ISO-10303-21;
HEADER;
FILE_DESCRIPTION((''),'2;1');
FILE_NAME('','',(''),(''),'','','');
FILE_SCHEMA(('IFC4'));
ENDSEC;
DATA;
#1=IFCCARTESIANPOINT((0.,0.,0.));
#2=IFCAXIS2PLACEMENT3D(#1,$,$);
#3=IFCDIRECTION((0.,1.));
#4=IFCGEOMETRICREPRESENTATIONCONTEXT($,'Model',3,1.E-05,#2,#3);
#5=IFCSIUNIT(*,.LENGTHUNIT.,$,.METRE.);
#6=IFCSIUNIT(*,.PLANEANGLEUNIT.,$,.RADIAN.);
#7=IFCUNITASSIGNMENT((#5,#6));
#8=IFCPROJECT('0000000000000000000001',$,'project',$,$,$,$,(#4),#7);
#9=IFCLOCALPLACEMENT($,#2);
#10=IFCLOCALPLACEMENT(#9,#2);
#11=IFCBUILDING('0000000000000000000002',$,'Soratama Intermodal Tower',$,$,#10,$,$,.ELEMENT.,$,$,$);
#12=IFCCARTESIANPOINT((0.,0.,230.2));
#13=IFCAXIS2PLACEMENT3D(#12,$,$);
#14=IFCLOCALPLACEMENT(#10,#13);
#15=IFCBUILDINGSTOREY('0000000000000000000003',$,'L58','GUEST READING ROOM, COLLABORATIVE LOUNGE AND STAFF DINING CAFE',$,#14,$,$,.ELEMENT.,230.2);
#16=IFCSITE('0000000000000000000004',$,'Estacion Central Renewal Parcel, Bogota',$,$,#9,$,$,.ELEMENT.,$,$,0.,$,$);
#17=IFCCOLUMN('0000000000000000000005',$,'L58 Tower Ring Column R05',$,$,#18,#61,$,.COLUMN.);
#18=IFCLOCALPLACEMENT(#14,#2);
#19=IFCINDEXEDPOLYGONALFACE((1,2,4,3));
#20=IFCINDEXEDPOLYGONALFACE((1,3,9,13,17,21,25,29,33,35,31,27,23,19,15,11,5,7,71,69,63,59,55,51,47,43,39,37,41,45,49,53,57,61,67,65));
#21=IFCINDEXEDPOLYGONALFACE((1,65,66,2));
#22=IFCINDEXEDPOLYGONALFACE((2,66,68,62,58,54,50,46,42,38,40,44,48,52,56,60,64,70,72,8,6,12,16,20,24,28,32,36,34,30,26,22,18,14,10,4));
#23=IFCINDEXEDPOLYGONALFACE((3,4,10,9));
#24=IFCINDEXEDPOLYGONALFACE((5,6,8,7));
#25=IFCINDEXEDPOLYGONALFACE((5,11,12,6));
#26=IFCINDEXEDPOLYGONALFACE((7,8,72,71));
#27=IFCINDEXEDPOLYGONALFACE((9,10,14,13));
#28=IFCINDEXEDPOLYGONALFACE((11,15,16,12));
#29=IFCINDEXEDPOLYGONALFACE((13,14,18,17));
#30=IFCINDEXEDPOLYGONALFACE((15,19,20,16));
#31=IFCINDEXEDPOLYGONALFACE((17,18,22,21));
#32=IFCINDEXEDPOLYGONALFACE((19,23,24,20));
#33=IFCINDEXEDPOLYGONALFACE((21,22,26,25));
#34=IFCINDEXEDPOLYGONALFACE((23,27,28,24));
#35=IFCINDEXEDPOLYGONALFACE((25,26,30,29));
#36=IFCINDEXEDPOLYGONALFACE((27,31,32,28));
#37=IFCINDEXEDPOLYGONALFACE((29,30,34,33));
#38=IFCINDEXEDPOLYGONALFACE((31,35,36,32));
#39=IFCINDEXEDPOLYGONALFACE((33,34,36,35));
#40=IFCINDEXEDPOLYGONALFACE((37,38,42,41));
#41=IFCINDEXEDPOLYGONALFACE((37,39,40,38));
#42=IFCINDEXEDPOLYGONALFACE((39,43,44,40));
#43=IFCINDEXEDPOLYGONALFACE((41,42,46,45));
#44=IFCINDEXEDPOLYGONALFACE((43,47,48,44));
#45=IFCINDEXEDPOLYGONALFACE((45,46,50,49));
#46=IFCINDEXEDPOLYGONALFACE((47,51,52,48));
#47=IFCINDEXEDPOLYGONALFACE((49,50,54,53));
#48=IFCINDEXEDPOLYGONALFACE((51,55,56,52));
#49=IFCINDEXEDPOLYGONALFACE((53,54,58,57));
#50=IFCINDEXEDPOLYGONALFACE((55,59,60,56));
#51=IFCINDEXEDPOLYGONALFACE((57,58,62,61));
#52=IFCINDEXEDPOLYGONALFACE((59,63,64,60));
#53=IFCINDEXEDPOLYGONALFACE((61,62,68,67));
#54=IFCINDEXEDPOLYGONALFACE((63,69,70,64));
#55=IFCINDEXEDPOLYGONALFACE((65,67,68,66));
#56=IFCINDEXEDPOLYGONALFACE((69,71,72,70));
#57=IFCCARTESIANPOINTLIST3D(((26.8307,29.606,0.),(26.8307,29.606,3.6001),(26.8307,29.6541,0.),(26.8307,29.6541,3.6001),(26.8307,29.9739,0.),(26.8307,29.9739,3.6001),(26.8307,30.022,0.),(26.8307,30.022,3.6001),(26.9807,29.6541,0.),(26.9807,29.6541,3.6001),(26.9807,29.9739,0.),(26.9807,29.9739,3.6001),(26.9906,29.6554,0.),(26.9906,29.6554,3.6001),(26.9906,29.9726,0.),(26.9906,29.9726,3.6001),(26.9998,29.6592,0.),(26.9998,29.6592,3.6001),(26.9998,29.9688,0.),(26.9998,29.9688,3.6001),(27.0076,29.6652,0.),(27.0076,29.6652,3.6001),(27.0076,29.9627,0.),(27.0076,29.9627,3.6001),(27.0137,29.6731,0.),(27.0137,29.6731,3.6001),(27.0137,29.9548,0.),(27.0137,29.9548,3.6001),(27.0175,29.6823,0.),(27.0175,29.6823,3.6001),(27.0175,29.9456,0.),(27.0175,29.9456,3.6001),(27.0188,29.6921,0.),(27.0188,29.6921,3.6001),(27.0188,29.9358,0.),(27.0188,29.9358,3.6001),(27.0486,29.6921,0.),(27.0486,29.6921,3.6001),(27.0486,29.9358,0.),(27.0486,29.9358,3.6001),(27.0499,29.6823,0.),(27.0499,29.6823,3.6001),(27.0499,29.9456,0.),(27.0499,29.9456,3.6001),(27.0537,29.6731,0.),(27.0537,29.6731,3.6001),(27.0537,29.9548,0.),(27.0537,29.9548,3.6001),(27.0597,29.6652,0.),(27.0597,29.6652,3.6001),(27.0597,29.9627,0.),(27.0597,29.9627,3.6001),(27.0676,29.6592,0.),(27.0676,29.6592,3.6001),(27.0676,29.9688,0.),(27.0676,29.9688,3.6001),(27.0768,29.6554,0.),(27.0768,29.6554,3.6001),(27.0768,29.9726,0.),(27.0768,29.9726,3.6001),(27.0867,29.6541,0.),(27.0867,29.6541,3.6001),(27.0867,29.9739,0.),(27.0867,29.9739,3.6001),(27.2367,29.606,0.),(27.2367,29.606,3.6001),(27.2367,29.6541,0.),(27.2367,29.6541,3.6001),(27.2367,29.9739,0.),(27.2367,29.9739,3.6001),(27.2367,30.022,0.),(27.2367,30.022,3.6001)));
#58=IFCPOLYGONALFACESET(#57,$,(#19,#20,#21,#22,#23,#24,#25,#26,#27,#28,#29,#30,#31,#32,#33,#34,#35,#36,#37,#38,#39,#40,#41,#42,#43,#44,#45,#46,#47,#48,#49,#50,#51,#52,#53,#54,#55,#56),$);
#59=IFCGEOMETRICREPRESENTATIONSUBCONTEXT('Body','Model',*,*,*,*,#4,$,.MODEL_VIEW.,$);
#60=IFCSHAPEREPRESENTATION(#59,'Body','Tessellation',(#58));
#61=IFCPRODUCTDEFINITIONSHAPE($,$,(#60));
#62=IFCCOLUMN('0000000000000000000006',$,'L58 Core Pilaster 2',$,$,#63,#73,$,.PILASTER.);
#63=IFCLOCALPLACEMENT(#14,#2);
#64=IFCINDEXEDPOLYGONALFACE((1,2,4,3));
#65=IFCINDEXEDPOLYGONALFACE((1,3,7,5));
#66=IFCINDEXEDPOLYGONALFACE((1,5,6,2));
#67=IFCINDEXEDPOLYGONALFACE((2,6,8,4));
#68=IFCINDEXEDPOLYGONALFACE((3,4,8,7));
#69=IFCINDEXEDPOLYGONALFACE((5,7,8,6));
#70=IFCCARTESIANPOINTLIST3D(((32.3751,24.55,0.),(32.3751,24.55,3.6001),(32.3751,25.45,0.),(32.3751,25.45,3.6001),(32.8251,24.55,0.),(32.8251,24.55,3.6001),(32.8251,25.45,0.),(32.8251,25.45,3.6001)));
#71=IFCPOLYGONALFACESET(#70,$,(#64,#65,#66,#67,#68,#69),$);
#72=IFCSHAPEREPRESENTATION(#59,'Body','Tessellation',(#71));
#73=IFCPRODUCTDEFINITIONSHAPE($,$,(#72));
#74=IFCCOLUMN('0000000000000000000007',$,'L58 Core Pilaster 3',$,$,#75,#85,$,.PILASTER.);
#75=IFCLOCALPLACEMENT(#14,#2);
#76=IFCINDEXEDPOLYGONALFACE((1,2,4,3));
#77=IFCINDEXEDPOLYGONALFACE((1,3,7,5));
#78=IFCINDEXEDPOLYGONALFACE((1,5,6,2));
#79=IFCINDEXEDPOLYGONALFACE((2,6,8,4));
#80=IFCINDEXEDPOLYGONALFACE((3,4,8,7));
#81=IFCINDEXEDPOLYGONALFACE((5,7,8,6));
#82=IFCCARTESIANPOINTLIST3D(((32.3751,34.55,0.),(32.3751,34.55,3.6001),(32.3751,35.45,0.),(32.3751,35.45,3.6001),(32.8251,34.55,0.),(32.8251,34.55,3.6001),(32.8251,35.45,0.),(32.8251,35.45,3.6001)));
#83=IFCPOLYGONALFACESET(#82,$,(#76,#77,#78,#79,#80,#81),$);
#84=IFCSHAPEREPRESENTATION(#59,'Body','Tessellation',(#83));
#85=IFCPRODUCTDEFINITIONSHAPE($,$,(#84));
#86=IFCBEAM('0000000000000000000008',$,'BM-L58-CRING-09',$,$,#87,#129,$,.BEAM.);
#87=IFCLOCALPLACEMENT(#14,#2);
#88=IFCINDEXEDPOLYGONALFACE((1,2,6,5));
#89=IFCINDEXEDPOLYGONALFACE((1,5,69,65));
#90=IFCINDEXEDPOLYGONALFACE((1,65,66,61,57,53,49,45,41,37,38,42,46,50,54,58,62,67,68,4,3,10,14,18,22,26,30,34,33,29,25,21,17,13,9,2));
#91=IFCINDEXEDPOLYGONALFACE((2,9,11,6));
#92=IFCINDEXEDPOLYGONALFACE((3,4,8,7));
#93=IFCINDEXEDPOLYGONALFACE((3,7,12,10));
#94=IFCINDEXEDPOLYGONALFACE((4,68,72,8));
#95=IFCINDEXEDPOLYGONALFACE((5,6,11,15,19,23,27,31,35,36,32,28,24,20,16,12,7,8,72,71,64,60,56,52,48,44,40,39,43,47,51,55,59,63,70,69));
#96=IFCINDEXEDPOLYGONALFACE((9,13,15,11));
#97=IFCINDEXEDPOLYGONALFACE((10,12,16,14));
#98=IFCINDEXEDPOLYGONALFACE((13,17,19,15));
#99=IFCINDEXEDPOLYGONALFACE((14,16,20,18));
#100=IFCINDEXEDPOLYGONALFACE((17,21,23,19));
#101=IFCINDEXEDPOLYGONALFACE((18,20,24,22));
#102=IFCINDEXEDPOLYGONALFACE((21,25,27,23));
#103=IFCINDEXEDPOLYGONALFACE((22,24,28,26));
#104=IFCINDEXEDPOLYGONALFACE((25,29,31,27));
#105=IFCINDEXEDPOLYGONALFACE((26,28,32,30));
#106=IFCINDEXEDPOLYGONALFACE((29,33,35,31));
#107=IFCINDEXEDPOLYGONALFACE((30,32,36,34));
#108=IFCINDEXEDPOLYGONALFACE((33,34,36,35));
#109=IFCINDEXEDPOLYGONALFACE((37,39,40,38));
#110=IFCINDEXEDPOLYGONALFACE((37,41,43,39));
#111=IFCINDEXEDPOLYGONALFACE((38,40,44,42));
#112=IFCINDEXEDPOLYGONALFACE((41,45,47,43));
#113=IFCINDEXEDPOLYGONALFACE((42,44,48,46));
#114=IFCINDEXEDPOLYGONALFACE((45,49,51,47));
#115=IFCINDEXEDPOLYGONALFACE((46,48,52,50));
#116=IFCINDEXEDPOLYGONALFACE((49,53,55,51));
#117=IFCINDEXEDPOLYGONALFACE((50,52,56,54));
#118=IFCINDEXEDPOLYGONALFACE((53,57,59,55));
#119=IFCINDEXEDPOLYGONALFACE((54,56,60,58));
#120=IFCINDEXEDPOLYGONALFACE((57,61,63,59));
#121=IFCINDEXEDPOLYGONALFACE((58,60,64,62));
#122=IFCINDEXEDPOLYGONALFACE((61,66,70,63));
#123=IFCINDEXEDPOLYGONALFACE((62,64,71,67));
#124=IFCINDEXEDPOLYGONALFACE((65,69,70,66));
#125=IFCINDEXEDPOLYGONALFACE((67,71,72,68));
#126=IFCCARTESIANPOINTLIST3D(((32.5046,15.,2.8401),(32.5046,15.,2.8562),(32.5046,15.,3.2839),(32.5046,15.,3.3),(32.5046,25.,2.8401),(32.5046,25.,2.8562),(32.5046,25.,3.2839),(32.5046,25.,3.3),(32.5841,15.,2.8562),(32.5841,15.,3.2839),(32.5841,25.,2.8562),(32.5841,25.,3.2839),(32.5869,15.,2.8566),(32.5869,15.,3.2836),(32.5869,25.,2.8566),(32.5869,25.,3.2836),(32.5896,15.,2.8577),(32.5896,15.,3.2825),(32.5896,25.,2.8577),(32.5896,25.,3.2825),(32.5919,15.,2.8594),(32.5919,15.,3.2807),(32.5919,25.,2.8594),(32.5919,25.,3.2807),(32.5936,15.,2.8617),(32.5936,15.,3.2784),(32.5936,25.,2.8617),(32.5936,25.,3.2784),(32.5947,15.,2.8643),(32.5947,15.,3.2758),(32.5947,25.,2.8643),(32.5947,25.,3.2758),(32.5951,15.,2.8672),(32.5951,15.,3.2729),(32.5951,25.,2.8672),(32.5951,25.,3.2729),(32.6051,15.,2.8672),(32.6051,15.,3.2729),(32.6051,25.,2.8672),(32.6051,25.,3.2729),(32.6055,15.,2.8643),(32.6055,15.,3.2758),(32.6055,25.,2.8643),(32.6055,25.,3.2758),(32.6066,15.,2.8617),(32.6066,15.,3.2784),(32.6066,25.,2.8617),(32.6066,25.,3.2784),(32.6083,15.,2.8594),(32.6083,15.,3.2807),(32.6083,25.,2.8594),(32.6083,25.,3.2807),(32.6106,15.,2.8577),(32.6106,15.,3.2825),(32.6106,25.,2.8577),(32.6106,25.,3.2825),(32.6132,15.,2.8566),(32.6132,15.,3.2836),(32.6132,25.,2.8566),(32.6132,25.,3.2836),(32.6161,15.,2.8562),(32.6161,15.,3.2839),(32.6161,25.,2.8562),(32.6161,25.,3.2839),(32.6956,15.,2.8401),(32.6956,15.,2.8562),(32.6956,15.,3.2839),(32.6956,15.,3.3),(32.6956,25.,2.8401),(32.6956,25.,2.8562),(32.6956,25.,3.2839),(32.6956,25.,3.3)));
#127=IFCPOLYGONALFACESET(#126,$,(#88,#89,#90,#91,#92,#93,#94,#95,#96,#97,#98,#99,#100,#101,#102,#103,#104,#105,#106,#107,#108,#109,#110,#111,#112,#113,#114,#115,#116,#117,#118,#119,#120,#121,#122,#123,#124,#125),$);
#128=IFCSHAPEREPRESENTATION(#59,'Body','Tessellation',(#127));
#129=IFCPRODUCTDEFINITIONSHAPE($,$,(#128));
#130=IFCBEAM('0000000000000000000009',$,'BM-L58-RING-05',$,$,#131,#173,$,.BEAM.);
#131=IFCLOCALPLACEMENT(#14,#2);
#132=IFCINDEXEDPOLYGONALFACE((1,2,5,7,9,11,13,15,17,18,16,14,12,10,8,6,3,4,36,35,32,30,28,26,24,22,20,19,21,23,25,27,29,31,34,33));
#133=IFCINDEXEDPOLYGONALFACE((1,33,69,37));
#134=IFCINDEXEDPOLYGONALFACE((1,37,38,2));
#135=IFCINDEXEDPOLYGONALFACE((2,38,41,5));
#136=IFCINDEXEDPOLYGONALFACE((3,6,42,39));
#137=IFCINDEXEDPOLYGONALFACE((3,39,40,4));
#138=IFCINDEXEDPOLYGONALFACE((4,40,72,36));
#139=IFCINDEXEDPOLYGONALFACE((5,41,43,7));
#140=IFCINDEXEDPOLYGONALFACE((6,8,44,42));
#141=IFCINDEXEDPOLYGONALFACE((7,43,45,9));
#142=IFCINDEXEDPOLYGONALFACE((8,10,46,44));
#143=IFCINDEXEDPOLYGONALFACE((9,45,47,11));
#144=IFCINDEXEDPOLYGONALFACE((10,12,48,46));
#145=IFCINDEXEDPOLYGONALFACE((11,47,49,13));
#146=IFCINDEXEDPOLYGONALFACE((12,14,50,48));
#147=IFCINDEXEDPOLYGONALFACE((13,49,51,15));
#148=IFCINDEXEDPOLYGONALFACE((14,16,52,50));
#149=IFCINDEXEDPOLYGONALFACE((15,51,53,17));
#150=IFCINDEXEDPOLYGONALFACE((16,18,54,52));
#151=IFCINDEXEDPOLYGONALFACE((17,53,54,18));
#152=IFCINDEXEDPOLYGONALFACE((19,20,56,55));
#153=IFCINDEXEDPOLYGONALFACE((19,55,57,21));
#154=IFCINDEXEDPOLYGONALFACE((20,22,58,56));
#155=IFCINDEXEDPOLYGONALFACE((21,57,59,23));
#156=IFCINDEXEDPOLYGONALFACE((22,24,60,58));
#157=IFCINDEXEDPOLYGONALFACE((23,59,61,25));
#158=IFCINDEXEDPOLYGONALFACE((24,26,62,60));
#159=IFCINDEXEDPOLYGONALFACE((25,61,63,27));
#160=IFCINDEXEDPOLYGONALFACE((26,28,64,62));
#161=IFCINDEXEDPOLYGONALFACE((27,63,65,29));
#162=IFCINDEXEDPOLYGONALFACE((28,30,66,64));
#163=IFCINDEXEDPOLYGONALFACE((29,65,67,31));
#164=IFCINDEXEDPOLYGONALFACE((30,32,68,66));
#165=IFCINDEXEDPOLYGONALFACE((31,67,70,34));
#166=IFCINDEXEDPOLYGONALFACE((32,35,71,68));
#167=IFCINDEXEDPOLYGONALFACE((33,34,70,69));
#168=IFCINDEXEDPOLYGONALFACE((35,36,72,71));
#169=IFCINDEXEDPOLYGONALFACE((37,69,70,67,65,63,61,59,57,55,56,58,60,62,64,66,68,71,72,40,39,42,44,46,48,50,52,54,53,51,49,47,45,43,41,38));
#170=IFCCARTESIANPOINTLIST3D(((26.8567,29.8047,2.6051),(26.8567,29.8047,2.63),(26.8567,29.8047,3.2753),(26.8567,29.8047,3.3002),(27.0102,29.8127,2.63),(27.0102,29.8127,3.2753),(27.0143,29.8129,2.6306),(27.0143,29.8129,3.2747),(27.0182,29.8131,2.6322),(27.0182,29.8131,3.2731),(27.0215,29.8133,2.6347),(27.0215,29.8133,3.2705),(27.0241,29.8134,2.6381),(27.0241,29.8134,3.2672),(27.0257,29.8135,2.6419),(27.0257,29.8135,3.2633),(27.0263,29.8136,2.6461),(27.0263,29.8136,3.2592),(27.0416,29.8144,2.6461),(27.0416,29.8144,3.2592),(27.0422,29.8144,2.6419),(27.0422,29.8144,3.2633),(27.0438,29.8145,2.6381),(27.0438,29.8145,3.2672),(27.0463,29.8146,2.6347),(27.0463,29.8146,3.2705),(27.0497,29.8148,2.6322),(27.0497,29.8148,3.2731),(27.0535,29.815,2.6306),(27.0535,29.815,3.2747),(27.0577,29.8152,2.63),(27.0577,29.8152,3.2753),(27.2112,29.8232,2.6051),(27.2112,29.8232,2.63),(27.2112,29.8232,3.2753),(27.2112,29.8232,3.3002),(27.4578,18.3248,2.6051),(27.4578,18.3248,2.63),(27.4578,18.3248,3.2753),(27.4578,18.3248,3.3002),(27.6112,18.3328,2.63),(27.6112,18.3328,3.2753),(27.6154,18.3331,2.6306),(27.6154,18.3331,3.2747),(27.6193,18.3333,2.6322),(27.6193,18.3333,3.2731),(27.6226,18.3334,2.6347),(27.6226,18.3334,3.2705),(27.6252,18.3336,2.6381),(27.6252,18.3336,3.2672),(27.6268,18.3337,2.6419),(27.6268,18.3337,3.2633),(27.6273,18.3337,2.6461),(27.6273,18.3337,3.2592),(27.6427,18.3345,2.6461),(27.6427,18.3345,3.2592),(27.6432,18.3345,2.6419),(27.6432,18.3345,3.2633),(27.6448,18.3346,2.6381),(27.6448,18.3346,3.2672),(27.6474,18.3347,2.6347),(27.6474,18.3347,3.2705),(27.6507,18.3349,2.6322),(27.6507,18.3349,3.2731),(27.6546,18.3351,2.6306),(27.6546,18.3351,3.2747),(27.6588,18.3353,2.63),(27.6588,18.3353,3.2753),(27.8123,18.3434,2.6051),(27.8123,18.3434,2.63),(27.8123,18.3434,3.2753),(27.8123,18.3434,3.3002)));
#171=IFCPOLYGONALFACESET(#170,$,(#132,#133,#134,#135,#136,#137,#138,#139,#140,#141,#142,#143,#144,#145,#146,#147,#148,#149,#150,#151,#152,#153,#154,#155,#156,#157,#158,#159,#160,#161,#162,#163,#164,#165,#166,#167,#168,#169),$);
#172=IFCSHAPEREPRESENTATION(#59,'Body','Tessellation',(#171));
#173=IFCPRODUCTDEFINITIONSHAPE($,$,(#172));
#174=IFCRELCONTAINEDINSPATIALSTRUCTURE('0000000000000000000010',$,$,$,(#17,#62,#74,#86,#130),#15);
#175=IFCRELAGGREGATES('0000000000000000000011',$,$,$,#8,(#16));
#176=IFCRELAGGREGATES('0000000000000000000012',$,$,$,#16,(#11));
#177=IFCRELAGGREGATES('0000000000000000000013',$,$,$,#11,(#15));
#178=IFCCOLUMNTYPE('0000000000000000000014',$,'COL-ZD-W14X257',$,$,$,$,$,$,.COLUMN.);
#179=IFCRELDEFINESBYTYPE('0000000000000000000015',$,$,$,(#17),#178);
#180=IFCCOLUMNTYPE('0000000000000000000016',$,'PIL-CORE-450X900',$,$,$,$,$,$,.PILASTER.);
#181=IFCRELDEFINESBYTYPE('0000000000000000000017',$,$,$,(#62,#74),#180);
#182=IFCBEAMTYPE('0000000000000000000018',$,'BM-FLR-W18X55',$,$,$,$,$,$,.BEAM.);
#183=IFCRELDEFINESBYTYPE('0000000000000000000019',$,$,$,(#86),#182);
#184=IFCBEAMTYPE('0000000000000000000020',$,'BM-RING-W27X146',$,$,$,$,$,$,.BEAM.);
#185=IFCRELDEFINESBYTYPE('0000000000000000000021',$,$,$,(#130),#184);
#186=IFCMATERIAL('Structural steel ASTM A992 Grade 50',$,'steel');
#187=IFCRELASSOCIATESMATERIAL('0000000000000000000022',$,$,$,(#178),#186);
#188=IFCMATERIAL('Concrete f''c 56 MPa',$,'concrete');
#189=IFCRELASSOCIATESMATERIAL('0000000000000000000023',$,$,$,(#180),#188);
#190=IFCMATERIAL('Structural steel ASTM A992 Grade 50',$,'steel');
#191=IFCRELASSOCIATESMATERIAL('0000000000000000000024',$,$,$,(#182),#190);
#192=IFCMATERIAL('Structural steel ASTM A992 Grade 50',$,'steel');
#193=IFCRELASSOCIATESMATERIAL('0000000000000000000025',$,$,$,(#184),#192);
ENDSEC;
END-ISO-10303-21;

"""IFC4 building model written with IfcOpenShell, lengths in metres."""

from ifc_helpers import new_model, si_unit, direction, frame, origin, origin_2d, place, context, subcontext, project, spatial, rectangle, i_section, extrude, material, material_profile, profile_set, type_object, element, save


model = new_model("IFC4")

# Units and contexts
model_context = context("Model", 3, precision=1e-05, world=origin(), true_north=direction((0.0, 1.0)))
body_context = subcontext(model_context, "Body", "Model", "MODEL_VIEW")
ifc_project = project(units=[si_unit("LENGTHUNIT", "METRE"), si_unit("PLANEANGLEUNIT", "RADIAN")], contexts=[model_context])

# Site, building, storey
site_placement = place(None, origin())
site = spatial("IfcSite", under=ifc_project, at=site_placement, Name="Estacion Central Renewal Parcel, Bogota", CompositionType="ELEMENT", RefElevation=0.0)
building_placement = place(site_placement, origin())
building = spatial("IfcBuilding", under=site, at=building_placement, Name="Soratama Intermodal Tower", CompositionType="ELEMENT")
storey_placement = place(building_placement, frame((0.0, 0.0, 230.2)))
storey = spatial("IfcBuildingStorey", under=building, at=storey_placement, Name="L58", Description="GUEST READING ROOM, COLLABORATIVE LOUNGE AND STAFF DINING CAFE", CompositionType="ELEMENT", Elevation=230.2)

# Columns
ifc_material_1 = material(Name="Structural steel ASTM A992 Grade 50", Category="steel")
ifc_material_profile_1 = material_profile(ifc_material_1, i_section(OverallWidth=0.406, OverallDepth=0.416, WebThickness=0.0298, FlangeThickness=0.0481, FilletRadius=0.0381, at=origin_2d()), Name="W14X257")
ifc_profile_set_1 = profile_set([ifc_material_profile_1], Name="Structural steel ASTM A992 Grade 50")
column_type_1 = type_object("IfcColumnType", Name="COL-ZD-W14X257", PredefinedType="COLUMN", material=ifc_profile_set_1)
column_placement = place(storey_placement, frame((27.0337, 29.814, 0.0), z_axis=(0.0, 0.0, 1.0), x_axis=(1.0, 0.0, 0.0)))
element("IfcColumn", 1, at=column_placement, inside=storey, type_object=column_type_1, Name="L58 Tower Ring Column R05", PredefinedType="COLUMN", context=body_context, shape_type="SweptSolid", body=[
    extrude(i_section(OverallWidth=0.406, OverallDepth=0.416, WebThickness=0.0298, FlangeThickness=0.0481, FilletRadius=0.0381, at=origin_2d()), origin(), (0.0, 0.0, 1.0), 3.6001),
])
ifc_material_2 = material(Name="Concrete f'c 56 MPa", Category="concrete")
ifc_material_profile_2 = material_profile(ifc_material_2, rectangle(XDim=0.45, YDim=0.8999, at=origin_2d()), Name="RC450X900")
ifc_profile_set_2 = profile_set([ifc_material_profile_2], Name="Concrete f'c 56 MPa")
column_type_2 = type_object("IfcColumnType", Name="PIL-CORE-450X900", PredefinedType="PILASTER", material=ifc_profile_set_2)
for number, where, z_axis, x_axis, name in (
    (2, (32.6001, 25.0, 0.0), (0.0, 0.0, 1.0), (1.0, 0.0, 0.0), "L58 Core Pilaster 2"),
    (3, (32.6001, 35.0, 0.0), (0.0, 0.0, 1.0), (1.0, 0.0, 0.0), "L58 Core Pilaster 3"),
):
    element("IfcColumn", number, at=place(storey_placement, frame(where, z_axis=z_axis, x_axis=x_axis)), inside=storey, type_object=column_type_2, Name=name, PredefinedType="PILASTER", context=body_context, shape_type="SweptSolid", body=[
        extrude(rectangle(XDim=0.45, YDim=0.8999, at=origin_2d()), origin(), (0.0, 0.0, 1.0), 3.6001),
    ])

# Beams
ifc_material_3 = material(Name="Structural steel ASTM A992 Grade 50", Category="steel")
ifc_material_profile_3 = material_profile(ifc_material_3, i_section(OverallWidth=0.1909, OverallDepth=0.46, WebThickness=0.01, FlangeThickness=0.0161, FilletRadius=0.011, at=origin_2d()), Name="W18X55")
ifc_profile_set_3 = profile_set([ifc_material_profile_3], Name="Structural steel ASTM A992 Grade 50")
beam_type_1 = type_object("IfcBeamType", Name="BM-FLR-W18X55", PredefinedType="BEAM", material=ifc_profile_set_3)
beam_1_placement = place(storey_placement, frame((32.6001, 25.0, 3.0701), z_axis=(0.0, -1.0, 0.0), x_axis=(1.0, 0.0, 0.0)))
element("IfcBeam", 4, at=beam_1_placement, inside=storey, type_object=beam_type_1, Name="BM-L58-CRING-09", PredefinedType="BEAM", context=body_context, shape_type="SweptSolid", body=[
    extrude(i_section(OverallWidth=0.1909, OverallDepth=0.46, WebThickness=0.01, FlangeThickness=0.0161, FilletRadius=0.011, at=origin_2d()), origin(), (0.0, 0.0, 1.0), 10.0),
])
ifc_material_4 = material(Name="Structural steel ASTM A992 Grade 50", Category="steel")
ifc_material_profile_4 = material_profile(ifc_material_4, i_section(OverallWidth=0.355, OverallDepth=0.6951, WebThickness=0.0154, FlangeThickness=0.0249, FilletRadius=0.0161, at=origin_2d()), Name="W27X146")
ifc_profile_set_4 = profile_set([ifc_material_profile_4], Name="Structural steel ASTM A992 Grade 50")
beam_type_2 = type_object("IfcBeamType", Name="BM-RING-W27X146", PredefinedType="BEAM", material=ifc_profile_set_4)
beam_2_placement = place(storey_placement, frame((27.0339, 29.814, 2.9526), z_axis=(0.052287, -0.998632, 0.0), x_axis=(0.998632, 0.052287, 0.0)))
element("IfcBeam", 5, at=beam_2_placement, inside=storey, type_object=beam_type_2, Name="BM-L58-RING-05", PredefinedType="BEAM", context=body_context, shape_type="SweptSolid", body=[
    extrude(i_section(OverallWidth=0.355, OverallDepth=0.6951, WebThickness=0.0154, FlangeThickness=0.0249, FilletRadius=0.0161, at=origin_2d()), origin(), (0.0, 0.0, 1.0), 11.4956),
])

save(model, "model.ifc")
